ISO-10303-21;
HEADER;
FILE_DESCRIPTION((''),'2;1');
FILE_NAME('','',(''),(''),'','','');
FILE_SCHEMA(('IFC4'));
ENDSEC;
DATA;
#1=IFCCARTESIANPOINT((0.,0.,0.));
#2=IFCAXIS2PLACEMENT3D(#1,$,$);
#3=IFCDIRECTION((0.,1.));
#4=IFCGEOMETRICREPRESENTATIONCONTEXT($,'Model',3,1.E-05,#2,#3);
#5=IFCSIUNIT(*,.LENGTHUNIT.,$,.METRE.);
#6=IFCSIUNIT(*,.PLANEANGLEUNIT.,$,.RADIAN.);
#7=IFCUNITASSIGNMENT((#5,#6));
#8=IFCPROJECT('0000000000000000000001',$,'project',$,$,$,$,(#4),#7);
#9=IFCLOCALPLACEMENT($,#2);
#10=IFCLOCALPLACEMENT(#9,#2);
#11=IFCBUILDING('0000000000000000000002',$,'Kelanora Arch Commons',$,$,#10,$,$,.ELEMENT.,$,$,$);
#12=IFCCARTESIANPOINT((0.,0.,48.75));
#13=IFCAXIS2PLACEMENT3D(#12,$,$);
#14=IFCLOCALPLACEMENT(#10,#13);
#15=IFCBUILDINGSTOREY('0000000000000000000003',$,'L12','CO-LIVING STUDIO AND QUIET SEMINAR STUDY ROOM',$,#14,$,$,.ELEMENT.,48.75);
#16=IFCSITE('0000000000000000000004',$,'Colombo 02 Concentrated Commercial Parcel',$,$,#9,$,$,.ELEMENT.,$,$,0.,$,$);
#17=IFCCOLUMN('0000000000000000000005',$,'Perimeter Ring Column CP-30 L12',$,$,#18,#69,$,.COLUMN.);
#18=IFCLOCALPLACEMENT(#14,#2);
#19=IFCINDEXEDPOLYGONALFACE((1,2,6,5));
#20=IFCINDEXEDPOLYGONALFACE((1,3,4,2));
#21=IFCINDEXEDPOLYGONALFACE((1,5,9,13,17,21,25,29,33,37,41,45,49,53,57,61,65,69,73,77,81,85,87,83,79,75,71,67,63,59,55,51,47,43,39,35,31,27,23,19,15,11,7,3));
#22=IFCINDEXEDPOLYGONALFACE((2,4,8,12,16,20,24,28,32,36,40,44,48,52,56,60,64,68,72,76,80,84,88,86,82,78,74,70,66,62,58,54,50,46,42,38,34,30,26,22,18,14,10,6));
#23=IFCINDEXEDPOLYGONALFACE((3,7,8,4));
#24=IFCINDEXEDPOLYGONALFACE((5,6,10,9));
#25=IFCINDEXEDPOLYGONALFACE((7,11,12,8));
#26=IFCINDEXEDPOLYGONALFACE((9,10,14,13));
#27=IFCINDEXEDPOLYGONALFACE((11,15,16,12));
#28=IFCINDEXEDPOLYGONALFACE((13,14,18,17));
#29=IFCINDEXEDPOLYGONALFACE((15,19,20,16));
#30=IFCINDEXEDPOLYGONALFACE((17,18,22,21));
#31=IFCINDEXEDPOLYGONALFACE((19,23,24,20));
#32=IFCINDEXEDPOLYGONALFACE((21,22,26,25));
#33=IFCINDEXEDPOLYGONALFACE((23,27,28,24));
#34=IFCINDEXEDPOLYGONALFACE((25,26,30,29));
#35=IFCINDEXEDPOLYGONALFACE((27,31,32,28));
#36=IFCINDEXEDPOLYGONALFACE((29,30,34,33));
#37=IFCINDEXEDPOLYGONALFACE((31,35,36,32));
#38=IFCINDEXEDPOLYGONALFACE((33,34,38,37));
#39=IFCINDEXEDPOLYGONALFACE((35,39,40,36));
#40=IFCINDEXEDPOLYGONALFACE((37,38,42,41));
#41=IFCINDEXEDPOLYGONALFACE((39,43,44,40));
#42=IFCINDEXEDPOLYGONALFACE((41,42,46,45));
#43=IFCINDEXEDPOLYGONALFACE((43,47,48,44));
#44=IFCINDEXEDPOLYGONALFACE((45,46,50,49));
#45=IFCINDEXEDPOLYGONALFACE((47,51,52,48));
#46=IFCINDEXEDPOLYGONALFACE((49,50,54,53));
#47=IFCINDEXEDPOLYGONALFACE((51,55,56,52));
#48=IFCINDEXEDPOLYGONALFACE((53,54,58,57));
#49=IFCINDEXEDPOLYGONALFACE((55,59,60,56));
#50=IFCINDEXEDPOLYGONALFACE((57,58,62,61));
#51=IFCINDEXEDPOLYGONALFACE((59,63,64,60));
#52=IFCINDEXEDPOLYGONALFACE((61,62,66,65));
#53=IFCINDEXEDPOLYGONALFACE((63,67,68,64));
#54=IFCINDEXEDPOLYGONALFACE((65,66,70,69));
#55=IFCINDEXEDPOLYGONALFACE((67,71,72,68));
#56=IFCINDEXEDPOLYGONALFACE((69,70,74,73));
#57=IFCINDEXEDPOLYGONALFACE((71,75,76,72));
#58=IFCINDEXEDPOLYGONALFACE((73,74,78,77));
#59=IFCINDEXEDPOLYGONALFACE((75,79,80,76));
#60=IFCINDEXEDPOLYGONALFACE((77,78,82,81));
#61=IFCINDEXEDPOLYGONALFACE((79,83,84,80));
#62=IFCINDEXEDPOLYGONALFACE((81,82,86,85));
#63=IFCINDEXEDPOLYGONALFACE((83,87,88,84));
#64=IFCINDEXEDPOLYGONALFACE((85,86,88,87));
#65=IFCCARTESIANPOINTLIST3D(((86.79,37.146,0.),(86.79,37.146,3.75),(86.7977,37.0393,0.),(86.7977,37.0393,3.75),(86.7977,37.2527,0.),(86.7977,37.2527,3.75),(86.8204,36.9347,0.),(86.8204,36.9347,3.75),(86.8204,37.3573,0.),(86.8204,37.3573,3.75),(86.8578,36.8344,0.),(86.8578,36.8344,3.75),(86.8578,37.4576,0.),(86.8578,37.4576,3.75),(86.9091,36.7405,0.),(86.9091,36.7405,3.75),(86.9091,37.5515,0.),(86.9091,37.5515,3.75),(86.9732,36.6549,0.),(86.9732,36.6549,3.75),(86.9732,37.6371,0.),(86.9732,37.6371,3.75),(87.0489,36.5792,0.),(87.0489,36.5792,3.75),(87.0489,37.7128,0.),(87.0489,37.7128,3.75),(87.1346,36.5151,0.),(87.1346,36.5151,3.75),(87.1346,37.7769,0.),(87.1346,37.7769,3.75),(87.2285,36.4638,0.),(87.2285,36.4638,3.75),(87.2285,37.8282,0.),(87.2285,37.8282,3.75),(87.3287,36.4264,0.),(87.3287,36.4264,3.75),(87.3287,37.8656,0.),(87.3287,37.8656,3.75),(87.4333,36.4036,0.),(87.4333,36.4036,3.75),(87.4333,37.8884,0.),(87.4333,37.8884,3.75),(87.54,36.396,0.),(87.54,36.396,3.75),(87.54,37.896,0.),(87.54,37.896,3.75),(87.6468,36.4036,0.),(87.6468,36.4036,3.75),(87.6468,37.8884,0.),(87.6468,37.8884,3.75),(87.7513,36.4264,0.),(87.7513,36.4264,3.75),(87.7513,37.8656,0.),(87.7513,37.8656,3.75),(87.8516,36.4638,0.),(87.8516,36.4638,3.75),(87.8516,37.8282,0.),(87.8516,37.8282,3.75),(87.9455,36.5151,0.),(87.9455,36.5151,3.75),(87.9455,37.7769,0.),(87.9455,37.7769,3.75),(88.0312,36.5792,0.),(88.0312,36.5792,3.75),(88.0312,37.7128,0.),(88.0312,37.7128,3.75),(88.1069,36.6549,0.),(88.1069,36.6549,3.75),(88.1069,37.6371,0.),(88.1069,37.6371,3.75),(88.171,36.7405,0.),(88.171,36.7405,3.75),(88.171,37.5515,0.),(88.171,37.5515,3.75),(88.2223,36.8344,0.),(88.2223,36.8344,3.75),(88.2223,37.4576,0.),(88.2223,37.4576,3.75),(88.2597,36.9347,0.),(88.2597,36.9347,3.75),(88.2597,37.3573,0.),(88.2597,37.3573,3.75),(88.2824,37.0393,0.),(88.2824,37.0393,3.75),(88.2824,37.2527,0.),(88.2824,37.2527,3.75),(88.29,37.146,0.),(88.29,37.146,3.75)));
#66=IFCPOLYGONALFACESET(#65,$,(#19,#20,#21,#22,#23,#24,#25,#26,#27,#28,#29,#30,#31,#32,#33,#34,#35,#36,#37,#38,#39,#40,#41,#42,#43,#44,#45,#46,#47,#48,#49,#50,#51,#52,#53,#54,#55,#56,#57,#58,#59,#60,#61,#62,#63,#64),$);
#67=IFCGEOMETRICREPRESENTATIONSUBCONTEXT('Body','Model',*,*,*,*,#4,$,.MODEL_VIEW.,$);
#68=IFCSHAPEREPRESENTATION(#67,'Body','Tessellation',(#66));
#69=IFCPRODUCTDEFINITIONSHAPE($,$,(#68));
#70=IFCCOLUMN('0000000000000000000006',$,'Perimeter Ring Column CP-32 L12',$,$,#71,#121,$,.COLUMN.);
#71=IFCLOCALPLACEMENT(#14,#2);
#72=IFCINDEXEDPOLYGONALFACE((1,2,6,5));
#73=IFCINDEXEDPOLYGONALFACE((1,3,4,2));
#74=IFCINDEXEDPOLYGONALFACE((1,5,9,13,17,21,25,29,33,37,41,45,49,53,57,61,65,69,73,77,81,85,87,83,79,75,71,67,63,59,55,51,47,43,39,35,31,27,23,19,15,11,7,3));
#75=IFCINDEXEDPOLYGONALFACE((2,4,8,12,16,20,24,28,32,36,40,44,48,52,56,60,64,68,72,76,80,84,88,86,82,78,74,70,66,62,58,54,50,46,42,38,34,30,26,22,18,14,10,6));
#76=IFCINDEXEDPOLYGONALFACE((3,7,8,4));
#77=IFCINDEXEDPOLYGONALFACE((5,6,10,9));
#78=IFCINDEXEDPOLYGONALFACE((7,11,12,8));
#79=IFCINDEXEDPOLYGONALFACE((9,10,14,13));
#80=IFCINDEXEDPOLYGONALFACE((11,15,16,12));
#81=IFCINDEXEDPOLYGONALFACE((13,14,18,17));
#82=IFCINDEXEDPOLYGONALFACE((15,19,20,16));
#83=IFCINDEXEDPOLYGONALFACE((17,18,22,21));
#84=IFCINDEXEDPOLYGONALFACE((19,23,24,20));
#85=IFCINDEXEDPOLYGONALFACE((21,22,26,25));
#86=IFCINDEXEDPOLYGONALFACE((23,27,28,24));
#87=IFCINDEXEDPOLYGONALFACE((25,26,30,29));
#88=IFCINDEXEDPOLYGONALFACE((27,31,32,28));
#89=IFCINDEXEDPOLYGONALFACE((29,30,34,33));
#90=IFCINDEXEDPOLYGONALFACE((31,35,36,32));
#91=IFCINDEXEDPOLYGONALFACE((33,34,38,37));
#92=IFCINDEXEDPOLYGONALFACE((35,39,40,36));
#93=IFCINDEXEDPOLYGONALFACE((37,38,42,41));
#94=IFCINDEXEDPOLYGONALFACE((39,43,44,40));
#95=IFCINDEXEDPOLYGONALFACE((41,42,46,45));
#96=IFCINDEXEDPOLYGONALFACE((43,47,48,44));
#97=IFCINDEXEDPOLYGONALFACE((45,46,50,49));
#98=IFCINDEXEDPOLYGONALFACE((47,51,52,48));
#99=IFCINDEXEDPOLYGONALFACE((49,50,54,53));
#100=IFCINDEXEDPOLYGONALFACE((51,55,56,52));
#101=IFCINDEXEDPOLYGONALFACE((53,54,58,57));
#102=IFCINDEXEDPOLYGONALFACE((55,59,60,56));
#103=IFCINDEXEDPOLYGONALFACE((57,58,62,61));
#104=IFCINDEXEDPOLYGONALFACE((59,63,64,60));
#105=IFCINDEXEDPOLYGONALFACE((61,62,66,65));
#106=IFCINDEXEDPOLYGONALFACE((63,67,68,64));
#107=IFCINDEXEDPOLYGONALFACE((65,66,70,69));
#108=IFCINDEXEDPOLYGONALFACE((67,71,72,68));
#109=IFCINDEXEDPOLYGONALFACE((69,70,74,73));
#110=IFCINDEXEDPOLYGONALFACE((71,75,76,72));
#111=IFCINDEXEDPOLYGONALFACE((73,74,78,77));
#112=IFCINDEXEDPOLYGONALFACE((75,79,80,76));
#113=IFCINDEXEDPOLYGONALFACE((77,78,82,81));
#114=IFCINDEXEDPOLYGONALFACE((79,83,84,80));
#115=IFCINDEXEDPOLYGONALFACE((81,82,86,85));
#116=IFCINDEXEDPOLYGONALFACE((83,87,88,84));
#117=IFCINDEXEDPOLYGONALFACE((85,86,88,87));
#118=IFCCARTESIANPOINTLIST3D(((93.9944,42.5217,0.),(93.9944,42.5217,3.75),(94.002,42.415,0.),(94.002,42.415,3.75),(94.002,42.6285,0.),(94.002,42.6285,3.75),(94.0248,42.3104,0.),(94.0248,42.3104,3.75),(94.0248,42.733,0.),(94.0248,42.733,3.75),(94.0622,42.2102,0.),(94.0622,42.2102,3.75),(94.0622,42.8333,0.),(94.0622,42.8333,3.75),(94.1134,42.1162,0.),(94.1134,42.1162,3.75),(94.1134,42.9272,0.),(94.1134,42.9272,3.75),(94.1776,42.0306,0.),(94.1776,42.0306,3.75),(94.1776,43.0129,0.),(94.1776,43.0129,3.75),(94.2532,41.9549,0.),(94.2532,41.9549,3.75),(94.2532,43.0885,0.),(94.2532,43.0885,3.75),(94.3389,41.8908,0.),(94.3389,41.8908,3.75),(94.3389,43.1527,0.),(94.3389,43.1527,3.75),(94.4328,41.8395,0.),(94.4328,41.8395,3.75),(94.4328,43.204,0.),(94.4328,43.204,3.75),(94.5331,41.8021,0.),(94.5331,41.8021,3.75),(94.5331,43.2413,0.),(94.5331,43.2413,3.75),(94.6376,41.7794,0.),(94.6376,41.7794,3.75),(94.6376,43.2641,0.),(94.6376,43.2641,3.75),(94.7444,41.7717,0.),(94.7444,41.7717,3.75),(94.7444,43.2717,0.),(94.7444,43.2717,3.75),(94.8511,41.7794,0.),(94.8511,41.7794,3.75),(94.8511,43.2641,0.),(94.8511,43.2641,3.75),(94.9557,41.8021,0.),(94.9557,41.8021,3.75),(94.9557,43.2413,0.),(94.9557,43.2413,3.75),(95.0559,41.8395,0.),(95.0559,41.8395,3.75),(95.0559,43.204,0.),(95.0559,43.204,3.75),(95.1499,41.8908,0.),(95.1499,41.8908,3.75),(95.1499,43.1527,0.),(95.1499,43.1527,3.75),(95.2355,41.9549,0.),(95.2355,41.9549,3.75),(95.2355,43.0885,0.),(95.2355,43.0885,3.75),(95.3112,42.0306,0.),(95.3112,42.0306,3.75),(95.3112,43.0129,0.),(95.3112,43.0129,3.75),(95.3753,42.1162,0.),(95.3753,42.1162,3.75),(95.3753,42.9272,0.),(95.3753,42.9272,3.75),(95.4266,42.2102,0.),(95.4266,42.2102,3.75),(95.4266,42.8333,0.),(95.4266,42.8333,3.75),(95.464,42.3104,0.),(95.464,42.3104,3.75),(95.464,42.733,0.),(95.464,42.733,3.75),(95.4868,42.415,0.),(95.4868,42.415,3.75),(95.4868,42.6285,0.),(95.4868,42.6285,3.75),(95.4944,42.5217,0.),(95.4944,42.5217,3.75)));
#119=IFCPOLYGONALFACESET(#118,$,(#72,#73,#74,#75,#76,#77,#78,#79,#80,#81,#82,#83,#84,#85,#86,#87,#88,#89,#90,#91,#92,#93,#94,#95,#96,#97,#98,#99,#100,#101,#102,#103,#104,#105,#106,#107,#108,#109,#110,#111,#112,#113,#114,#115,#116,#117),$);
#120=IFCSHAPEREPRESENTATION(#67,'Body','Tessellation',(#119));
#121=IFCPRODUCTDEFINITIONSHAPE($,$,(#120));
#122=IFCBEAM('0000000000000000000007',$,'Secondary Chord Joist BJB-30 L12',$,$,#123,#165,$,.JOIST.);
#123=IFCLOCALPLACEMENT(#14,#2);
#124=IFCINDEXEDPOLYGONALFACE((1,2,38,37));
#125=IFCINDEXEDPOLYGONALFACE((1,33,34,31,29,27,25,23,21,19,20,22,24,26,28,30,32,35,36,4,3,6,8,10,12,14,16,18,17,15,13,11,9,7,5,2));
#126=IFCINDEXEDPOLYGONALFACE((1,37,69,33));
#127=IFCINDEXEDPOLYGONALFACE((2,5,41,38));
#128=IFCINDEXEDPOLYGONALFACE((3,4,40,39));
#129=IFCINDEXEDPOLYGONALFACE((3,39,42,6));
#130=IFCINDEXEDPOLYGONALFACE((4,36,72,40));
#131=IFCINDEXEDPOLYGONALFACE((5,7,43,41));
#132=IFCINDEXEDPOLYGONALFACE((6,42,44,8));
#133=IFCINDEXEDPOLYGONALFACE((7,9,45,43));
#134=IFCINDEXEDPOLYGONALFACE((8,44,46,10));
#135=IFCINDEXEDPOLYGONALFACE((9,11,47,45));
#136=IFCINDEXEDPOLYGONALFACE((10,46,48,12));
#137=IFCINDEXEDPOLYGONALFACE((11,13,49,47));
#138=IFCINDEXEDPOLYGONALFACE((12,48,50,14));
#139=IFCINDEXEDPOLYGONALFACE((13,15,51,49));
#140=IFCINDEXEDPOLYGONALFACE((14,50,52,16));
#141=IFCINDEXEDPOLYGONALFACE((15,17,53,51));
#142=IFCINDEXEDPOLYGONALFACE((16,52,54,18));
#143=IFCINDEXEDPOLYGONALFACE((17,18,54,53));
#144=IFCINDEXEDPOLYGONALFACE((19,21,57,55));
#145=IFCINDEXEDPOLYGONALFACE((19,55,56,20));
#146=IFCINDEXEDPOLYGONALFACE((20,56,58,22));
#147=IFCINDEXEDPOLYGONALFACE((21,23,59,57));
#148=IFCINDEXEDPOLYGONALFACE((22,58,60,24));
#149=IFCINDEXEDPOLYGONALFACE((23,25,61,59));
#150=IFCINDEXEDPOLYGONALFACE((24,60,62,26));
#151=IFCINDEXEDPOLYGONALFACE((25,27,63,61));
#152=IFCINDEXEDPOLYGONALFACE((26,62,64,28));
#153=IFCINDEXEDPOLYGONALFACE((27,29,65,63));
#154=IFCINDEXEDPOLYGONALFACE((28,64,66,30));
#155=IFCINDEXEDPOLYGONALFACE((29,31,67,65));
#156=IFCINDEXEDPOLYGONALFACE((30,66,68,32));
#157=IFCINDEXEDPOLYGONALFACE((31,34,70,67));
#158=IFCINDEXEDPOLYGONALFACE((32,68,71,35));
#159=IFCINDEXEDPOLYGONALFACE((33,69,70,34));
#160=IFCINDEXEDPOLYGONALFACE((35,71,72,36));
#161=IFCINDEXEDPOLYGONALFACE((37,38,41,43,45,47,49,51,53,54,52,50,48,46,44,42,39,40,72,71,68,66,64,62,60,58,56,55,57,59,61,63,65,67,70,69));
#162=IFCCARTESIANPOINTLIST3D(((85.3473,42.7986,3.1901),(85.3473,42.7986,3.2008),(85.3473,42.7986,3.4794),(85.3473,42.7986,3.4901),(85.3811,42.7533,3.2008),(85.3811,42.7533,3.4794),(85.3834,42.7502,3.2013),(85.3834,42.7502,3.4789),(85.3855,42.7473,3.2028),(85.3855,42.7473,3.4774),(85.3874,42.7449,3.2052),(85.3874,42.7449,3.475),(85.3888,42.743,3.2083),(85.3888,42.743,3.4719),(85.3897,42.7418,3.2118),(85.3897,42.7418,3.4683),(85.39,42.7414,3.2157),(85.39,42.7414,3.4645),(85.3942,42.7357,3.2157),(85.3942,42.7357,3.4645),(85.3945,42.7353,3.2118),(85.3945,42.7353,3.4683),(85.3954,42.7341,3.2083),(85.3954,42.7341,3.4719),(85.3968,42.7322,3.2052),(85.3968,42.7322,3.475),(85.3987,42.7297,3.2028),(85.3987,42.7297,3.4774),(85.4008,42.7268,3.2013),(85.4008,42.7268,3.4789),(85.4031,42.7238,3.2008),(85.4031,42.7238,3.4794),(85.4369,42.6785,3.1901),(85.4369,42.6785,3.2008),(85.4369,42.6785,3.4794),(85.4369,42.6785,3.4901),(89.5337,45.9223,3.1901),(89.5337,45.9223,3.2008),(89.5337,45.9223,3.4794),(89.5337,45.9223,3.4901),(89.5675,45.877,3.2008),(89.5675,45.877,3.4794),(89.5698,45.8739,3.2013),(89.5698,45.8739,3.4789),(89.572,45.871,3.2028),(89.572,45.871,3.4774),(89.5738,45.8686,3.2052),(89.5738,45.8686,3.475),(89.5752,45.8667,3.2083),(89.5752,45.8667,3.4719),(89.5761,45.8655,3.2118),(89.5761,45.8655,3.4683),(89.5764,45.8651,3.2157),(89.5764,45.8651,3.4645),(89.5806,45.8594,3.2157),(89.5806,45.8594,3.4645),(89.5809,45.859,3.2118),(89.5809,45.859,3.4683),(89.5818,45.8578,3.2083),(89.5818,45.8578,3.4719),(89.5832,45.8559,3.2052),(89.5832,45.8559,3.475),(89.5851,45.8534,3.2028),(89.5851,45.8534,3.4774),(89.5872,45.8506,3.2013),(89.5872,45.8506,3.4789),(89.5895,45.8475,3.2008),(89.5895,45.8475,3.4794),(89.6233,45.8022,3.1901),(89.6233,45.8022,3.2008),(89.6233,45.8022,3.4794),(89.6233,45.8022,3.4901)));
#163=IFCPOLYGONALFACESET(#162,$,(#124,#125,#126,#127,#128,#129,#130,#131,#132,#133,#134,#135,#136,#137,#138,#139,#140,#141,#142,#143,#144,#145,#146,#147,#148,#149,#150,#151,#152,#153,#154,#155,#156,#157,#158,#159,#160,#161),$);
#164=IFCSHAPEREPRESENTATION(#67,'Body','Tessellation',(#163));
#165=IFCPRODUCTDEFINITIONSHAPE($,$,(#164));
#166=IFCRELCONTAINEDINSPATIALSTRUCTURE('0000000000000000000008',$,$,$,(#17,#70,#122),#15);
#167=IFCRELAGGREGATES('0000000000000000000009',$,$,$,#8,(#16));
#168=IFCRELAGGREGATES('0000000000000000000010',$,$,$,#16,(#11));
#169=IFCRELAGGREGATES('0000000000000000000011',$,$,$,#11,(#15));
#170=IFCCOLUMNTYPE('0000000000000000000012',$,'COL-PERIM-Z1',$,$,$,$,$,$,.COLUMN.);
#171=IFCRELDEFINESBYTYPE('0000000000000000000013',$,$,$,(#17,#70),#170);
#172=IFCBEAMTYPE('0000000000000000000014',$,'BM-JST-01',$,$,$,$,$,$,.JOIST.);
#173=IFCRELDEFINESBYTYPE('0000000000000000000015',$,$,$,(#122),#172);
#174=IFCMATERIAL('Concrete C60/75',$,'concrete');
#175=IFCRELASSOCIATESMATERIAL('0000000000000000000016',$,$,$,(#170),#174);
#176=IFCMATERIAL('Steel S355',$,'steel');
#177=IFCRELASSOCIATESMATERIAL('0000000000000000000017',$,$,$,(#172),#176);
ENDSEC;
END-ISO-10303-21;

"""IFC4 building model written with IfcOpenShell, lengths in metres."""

from ifc_helpers import new_model, si_unit, direction, frame, origin, origin_2d, place, context, subcontext, project, spatial, circle, i_section, extrude, material, material_profile, profile_set, type_object, element, save


model = new_model("IFC4")

# Units and contexts
model_context = context("Model", 3, precision=1e-05, world=origin(), true_north=direction((0.0, 1.0)))
body_context = subcontext(model_context, "Body", "Model", "MODEL_VIEW")
ifc_project = project(units=[si_unit("LENGTHUNIT", "METRE"), si_unit("PLANEANGLEUNIT", "RADIAN")], contexts=[model_context])

# Site, building, storey
site_placement = place(None, origin())
site = spatial("IfcSite", under=ifc_project, at=site_placement, Name="Colombo 02 Concentrated Commercial Parcel", CompositionType="ELEMENT", RefElevation=0.0)
building_placement = place(site_placement, origin())
building = spatial("IfcBuilding", under=site, at=building_placement, Name="Kelanora Arch Commons", CompositionType="ELEMENT")
storey_placement = place(building_placement, frame((0.0, 0.0, 48.75)))
storey = spatial("IfcBuildingStorey", under=building, at=storey_placement, Name="L12", Description="CO-LIVING STUDIO AND QUIET SEMINAR STUDY ROOM", CompositionType="ELEMENT", Elevation=48.75)

# Columns
ifc_material_1 = material(Name="Concrete C60/75", Category="concrete")
ifc_material_profile_1 = material_profile(ifc_material_1, circle(Radius=0.75, at=origin_2d()), Name="RCC1500")
ifc_profile_set_1 = profile_set([ifc_material_profile_1], Name="Concrete C60/75")
column_type = type_object("IfcColumnType", Name="COL-PERIM-Z1", PredefinedType="COLUMN", material=ifc_profile_set_1)
for number, where, z_axis, x_axis, name in (
    (1, (87.54, 37.146, 0.0), (0.0, 0.0, 1.0), (1.0, 0.0, 0.0), "Perimeter Ring Column CP-30 L12"),
    (2, (94.7444, 42.5217, 0.0), (0.0, 0.0, 1.0), (1.0, 0.0, 0.0), "Perimeter Ring Column CP-32 L12"),
):
    element("IfcColumn", number, at=place(storey_placement, frame(where, z_axis=z_axis, x_axis=x_axis)), inside=storey, type_object=column_type, Name=name, PredefinedType="COLUMN", context=body_context, shape_type="SweptSolid", body=[
        extrude(circle(Radius=0.75, at=origin_2d()), origin(), (0.0, 0.0, 1.0), 3.75),
    ])

# Beam
ifc_material_2 = material(Name="Steel S355", Category="steel")
ifc_material_profile_2 = material_profile(ifc_material_2, i_section(OverallWidth=0.1499, OverallDepth=0.3, WebThickness=0.0071, FlangeThickness=0.0107, FilletRadius=0.0149, at=origin_2d()), Name="IPE300")
ifc_profile_set_2 = profile_set([ifc_material_profile_2], Name="Steel S355")
beam_type_1 = type_object("IfcBeamType", Name="BM-JST-01", PredefinedType="JOIST", material=ifc_profile_set_2)
beam_1_placement = place(storey_placement, frame((85.3921, 42.7385, 3.3401), z_axis=(0.801478, 0.598024, 0.0), x_axis=(-0.598024, 0.801478, 0.0)))
element("IfcBeam", 3, at=beam_1_placement, inside=storey, type_object=beam_type_1, Name="Secondary Chord Joist BJB-30 L12", PredefinedType="JOIST", context=body_context, shape_type="SweptSolid", body=[
    extrude(i_section(OverallWidth=0.1499, OverallDepth=0.3, WebThickness=0.0071, FlangeThickness=0.0107, FilletRadius=0.0149, at=origin_2d()), origin(), (0.0, 0.0, 1.0), 5.2234),
])

save(model, "model.ifc")
